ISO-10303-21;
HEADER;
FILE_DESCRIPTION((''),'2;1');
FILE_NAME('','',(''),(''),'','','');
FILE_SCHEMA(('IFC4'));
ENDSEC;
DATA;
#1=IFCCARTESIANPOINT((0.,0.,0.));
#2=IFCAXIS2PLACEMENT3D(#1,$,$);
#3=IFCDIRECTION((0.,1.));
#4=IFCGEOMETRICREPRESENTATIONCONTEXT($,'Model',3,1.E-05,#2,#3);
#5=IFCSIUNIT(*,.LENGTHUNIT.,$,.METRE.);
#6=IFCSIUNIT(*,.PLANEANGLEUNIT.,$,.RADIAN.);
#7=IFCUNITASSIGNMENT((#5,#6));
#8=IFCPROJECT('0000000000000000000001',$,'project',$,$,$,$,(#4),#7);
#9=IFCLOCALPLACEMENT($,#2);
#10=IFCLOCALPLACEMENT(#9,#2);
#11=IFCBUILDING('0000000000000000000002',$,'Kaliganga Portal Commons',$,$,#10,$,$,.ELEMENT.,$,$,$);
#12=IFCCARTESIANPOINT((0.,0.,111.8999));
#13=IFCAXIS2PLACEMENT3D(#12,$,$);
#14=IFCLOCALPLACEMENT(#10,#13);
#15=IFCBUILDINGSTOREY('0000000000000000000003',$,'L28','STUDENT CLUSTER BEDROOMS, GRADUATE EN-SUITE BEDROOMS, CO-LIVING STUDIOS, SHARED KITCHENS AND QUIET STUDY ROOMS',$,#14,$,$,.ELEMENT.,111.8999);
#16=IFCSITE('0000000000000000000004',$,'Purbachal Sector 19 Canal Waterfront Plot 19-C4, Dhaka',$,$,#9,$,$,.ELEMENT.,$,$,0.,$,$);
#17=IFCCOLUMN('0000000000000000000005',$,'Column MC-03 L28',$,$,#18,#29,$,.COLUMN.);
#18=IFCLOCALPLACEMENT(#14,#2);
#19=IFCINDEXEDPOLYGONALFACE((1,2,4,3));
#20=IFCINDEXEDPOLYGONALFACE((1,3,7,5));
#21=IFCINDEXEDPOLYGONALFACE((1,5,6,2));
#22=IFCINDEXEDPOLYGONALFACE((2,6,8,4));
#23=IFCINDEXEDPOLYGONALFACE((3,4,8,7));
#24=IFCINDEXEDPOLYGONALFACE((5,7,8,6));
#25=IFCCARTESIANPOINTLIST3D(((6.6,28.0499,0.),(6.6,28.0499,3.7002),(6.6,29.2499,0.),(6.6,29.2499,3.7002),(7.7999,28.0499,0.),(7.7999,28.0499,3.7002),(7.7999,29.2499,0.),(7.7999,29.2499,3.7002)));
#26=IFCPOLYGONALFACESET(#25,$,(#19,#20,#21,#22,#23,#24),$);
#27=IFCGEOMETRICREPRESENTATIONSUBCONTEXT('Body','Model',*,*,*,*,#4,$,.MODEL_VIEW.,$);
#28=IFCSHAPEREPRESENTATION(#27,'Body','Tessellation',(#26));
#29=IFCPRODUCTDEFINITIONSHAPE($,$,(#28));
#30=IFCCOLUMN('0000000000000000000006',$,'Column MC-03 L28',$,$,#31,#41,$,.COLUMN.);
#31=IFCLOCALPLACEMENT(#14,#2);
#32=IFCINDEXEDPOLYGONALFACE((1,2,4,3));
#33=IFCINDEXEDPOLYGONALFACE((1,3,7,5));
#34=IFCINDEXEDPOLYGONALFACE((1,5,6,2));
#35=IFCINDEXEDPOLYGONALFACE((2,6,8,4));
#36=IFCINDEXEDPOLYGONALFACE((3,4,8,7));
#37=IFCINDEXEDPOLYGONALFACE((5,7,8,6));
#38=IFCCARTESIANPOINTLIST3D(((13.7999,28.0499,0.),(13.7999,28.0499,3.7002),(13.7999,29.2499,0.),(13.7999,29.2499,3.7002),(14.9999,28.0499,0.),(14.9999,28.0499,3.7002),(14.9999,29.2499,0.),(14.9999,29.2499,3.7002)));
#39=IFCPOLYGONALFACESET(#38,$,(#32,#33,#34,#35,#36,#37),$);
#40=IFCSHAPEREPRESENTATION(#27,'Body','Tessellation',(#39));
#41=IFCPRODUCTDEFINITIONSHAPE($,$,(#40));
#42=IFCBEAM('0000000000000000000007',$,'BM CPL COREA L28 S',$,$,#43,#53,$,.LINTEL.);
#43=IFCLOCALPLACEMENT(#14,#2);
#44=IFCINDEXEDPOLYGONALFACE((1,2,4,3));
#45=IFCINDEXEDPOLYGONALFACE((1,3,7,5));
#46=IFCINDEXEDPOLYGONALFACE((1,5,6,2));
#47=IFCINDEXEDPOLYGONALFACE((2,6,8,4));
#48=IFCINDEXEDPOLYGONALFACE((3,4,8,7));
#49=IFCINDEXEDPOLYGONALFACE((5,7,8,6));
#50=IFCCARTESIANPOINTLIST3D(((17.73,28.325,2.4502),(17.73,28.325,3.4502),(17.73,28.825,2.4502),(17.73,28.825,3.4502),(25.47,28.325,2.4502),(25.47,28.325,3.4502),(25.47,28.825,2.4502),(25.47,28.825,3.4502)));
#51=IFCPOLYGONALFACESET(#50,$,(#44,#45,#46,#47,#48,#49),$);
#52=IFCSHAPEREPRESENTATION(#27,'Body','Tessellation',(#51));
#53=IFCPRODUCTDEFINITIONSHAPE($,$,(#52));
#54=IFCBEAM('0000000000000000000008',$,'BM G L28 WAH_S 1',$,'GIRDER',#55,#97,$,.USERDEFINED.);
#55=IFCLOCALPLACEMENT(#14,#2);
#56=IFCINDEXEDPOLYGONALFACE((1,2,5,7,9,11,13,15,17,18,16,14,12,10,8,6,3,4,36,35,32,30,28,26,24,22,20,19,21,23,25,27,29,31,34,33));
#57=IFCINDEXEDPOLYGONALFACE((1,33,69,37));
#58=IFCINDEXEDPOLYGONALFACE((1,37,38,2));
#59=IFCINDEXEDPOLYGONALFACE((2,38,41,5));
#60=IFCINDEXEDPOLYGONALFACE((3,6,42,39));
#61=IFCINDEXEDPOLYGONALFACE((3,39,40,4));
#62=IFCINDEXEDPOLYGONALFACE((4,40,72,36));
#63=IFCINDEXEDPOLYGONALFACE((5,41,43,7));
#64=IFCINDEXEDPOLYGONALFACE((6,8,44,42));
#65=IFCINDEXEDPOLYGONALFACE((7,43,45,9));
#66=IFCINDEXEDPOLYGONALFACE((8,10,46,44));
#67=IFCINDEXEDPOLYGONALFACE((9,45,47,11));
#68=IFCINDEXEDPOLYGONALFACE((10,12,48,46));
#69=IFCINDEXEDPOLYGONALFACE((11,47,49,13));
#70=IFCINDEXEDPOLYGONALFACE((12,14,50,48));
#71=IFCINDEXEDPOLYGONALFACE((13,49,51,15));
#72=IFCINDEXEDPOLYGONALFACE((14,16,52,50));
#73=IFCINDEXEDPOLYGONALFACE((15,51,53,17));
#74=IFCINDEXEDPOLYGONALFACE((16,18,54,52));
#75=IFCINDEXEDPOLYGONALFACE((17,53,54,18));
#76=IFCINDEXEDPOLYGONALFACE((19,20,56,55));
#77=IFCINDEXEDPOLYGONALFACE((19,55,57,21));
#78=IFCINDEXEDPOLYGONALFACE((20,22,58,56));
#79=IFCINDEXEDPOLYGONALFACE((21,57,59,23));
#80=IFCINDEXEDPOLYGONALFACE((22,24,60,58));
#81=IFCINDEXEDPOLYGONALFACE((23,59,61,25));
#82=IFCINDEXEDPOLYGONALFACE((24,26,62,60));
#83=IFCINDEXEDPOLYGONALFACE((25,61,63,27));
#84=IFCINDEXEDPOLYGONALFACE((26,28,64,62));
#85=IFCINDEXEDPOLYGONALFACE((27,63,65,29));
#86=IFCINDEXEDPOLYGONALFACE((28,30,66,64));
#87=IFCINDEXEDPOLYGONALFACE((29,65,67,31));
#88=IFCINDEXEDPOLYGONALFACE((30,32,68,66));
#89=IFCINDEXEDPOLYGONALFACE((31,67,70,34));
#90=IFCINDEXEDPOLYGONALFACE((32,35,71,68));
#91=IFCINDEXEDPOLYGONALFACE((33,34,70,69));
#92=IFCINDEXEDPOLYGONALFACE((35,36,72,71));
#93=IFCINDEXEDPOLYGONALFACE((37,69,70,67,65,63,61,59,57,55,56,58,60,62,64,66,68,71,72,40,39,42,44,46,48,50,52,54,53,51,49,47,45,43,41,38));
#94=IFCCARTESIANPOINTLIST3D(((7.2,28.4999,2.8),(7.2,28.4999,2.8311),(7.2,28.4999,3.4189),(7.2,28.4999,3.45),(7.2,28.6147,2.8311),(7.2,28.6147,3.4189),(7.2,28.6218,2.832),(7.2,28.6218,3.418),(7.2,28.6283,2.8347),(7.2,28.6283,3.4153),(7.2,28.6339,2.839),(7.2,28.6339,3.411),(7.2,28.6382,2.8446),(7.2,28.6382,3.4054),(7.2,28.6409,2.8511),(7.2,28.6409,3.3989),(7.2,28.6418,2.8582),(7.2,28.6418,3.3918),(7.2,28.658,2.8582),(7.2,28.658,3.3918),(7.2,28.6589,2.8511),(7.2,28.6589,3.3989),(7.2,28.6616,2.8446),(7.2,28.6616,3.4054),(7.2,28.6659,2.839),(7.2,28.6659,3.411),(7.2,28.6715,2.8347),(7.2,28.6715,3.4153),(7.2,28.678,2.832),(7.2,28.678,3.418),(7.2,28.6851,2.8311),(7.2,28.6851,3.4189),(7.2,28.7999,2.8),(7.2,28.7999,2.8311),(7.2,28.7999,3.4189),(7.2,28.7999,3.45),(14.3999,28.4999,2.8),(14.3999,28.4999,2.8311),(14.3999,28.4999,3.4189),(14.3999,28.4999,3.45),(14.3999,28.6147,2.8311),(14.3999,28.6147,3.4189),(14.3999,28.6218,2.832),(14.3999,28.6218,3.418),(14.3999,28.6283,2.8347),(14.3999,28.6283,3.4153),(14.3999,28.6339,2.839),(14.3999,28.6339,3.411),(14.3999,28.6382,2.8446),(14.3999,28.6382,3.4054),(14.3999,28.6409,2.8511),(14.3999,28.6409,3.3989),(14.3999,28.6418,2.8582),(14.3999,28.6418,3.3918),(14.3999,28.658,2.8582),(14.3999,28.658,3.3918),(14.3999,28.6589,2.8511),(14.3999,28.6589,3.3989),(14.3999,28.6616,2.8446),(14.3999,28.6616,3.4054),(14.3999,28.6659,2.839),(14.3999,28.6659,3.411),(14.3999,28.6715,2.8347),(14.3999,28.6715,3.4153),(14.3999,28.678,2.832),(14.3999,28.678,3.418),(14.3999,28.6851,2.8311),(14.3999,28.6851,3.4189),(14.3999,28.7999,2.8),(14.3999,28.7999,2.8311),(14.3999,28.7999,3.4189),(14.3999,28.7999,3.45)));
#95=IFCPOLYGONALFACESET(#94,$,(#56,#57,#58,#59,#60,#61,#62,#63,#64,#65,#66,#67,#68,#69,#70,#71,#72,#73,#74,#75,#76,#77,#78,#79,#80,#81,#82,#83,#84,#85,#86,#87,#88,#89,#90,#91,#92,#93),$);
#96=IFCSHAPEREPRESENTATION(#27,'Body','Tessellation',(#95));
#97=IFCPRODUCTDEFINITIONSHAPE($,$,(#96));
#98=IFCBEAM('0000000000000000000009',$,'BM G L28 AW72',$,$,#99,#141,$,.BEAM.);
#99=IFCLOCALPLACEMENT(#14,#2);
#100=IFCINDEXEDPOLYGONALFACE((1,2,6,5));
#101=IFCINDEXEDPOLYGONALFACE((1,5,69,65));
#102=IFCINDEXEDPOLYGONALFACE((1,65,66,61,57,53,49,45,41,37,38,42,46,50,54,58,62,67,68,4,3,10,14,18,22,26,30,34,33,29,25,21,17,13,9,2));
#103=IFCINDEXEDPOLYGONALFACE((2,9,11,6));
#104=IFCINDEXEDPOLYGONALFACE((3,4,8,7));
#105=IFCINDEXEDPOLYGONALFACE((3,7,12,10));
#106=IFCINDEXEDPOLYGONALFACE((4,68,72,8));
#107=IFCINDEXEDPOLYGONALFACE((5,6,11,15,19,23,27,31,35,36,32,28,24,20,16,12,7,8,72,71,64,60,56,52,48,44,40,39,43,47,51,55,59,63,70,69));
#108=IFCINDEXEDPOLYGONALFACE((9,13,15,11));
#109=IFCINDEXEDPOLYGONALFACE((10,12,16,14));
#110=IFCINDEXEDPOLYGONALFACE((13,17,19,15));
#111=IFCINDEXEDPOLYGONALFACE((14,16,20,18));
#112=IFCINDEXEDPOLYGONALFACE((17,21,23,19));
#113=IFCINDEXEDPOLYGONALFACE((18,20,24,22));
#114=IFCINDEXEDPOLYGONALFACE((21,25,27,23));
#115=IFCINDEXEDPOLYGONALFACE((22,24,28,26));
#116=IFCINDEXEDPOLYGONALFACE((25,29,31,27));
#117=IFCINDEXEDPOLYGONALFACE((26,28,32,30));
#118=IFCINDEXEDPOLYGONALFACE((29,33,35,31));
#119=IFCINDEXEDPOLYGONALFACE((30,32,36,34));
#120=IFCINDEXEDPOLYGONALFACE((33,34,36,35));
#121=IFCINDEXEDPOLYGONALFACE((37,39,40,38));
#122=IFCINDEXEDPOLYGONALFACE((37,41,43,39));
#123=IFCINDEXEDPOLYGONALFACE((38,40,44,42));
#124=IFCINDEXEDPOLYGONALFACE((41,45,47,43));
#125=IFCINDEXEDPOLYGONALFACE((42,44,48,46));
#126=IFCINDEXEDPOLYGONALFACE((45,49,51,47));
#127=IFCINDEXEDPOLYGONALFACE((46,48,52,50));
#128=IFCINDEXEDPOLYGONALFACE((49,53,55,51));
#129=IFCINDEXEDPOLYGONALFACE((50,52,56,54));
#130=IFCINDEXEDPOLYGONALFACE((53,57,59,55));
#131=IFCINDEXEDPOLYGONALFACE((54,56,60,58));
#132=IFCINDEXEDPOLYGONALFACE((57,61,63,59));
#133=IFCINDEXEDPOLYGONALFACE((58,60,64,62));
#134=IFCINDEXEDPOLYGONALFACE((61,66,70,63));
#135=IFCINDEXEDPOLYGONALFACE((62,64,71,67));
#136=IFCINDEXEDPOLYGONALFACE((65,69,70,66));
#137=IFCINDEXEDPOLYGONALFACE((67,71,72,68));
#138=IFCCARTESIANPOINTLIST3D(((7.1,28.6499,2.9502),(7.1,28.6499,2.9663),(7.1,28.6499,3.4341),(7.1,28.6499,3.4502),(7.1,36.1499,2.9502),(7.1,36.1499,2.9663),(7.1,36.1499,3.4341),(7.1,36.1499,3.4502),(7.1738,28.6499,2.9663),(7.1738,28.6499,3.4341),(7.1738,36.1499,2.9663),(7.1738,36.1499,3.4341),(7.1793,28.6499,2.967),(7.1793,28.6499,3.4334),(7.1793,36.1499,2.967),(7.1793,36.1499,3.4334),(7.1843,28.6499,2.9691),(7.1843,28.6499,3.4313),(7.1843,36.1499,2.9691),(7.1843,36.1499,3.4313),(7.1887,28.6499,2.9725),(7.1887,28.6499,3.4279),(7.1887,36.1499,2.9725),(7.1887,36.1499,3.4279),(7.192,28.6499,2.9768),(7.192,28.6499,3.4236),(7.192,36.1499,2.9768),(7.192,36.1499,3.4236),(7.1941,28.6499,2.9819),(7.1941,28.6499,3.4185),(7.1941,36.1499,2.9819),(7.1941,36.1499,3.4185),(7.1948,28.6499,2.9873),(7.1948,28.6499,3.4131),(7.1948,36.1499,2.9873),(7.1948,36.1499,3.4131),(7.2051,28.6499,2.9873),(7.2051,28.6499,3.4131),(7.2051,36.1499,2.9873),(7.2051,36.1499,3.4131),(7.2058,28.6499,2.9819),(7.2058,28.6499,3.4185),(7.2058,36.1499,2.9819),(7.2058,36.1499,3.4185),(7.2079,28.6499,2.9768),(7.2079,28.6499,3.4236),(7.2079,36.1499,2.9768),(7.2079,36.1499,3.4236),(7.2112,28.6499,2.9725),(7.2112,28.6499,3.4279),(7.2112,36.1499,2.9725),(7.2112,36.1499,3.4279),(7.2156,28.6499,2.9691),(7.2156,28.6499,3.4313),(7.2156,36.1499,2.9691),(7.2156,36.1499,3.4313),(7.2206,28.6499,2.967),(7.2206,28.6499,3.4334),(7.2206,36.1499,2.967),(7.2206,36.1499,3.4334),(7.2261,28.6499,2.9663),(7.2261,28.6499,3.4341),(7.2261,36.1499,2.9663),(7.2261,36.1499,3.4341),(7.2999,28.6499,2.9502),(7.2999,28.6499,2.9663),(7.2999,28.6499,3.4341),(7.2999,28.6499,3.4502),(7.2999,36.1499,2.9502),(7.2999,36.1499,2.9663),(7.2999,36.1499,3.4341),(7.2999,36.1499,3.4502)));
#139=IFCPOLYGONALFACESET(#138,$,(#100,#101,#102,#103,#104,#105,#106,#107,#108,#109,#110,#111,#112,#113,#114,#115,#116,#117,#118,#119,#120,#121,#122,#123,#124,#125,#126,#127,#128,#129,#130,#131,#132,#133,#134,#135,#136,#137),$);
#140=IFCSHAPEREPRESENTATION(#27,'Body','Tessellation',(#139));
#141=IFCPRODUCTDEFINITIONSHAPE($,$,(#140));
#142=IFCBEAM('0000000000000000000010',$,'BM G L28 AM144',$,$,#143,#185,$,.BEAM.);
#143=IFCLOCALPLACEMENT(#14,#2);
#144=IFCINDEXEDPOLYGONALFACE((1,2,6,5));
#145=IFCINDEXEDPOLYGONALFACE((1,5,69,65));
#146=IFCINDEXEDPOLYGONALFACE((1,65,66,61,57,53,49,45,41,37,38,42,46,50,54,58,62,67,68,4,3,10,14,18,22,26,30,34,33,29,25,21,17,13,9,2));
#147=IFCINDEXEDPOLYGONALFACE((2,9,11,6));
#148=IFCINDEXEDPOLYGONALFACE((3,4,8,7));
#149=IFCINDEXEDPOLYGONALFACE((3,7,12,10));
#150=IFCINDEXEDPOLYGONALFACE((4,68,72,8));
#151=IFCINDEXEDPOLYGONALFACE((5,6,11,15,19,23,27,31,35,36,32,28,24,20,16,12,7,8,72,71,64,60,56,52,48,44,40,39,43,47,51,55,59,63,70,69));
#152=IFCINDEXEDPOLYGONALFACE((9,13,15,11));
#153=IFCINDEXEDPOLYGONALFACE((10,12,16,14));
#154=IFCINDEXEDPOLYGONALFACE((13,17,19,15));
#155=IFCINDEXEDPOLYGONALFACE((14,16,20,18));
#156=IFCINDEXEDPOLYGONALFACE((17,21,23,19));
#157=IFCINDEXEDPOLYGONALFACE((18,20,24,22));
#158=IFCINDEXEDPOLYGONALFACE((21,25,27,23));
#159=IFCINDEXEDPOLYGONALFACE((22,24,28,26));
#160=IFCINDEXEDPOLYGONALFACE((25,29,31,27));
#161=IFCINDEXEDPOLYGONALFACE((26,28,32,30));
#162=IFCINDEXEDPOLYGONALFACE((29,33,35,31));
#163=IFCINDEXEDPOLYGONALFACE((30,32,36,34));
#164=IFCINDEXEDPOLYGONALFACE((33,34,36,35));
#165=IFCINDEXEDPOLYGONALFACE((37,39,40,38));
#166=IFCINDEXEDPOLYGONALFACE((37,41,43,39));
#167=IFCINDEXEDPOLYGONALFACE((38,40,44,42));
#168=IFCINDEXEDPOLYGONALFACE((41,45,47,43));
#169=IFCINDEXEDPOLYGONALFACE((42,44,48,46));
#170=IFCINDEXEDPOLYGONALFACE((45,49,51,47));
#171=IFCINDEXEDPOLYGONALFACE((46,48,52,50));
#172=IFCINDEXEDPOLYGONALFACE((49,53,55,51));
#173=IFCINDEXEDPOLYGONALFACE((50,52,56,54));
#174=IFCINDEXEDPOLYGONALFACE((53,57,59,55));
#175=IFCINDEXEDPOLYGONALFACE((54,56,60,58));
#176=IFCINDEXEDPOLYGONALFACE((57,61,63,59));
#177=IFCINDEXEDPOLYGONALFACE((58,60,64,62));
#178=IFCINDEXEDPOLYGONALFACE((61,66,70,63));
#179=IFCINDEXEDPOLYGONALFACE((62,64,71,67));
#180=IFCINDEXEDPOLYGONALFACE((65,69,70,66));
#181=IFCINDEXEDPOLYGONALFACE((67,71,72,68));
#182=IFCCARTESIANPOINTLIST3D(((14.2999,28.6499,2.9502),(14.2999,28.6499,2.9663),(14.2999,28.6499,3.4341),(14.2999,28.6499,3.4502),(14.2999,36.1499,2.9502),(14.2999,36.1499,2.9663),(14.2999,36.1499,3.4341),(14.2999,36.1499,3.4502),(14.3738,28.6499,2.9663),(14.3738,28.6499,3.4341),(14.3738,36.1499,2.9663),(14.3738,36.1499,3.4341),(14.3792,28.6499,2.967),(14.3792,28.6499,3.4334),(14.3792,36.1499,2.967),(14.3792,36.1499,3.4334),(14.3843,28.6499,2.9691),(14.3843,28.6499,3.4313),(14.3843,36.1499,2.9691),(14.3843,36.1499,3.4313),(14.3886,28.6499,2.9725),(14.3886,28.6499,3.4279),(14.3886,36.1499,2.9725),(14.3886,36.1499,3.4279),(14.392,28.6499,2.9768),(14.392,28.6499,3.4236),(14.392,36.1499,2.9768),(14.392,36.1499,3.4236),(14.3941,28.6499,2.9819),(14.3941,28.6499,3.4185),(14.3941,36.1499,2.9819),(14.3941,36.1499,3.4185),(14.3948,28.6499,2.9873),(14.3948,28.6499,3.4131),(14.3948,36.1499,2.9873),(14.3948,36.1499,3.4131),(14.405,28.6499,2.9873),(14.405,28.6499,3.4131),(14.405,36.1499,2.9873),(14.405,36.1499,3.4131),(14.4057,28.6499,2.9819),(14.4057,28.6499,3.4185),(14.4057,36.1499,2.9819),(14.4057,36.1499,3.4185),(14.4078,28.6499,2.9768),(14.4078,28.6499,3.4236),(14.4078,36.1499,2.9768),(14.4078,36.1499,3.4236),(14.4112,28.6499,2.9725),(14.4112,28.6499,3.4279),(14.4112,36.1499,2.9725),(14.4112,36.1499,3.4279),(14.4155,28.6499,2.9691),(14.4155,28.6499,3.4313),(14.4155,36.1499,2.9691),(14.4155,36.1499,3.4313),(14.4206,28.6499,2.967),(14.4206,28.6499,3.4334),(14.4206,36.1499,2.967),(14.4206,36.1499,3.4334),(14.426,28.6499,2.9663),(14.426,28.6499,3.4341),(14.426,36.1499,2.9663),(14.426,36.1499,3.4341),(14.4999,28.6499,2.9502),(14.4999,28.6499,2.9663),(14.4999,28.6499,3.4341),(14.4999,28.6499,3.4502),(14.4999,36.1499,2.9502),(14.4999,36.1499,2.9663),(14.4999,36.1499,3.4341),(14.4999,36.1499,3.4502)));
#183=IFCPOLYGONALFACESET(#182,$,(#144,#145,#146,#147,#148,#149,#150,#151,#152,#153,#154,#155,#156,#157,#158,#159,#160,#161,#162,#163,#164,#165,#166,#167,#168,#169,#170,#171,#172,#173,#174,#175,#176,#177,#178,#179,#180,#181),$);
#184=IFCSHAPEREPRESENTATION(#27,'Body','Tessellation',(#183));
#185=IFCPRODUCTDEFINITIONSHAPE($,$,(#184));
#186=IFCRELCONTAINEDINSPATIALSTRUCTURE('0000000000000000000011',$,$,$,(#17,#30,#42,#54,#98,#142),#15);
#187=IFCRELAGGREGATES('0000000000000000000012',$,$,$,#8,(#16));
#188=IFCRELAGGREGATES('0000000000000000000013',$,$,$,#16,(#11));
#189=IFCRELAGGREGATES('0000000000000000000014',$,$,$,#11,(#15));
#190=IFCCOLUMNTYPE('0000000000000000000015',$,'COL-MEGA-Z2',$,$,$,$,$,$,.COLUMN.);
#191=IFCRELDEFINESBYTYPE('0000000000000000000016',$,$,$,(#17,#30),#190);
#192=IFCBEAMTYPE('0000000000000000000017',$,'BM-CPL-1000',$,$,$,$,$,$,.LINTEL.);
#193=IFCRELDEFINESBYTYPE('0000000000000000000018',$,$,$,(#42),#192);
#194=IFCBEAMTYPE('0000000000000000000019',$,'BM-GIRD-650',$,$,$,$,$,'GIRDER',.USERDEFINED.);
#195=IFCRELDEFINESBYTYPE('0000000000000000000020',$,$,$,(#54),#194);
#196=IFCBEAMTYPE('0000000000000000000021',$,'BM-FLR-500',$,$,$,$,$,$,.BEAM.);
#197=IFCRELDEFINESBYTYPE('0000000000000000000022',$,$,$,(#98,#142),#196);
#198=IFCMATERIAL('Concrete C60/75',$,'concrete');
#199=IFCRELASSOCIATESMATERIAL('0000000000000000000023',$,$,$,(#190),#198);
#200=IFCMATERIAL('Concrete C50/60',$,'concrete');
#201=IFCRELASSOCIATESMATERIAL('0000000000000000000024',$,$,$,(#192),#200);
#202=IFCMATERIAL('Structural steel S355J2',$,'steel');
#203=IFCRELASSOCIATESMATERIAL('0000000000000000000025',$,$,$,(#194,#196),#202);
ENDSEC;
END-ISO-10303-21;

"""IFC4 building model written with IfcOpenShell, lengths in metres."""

from ifc_helpers import new_model, si_unit, direction, frame, origin, origin_2d, place, context, subcontext, project, spatial, rectangle, i_section, extrude, source, transform, mapped, material, material_profile, profile_set, type_object, element, save


model = new_model("IFC4")

# Units and contexts
model_context = context("Model", 3, precision=1e-05, world=origin(), true_north=direction((0.0, 1.0)))
body_context = subcontext(model_context, "Body", "Model", "MODEL_VIEW")
ifc_project = project(units=[si_unit("LENGTHUNIT", "METRE"), si_unit("PLANEANGLEUNIT", "RADIAN")], contexts=[model_context])

# Site, building, storey
site_placement = place(None, origin())
site = spatial("IfcSite", under=ifc_project, at=site_placement, Name="Purbachal Sector 19 Canal Waterfront Plot 19-C4, Dhaka", CompositionType="ELEMENT", RefElevation=0.0)
building_placement = place(site_placement, origin())
building = spatial("IfcBuilding", under=site, at=building_placement, Name="Kaliganga Portal Commons", CompositionType="ELEMENT")
storey_placement = place(building_placement, frame((0.0, 0.0, 111.8999)))
storey = spatial("IfcBuildingStorey", under=building, at=storey_placement, Name="L28", Description="STUDENT CLUSTER BEDROOMS, GRADUATE EN-SUITE BEDROOMS, CO-LIVING STUDIOS, SHARED KITCHENS AND QUIET STUDY ROOMS", CompositionType="ELEMENT", Elevation=111.8999)

# Columns
ifc_material_1 = material(Name="Concrete C60/75", Category="concrete")
ifc_material_profile_1 = material_profile(ifc_material_1, rectangle(XDim=1.2, YDim=1.2, at=origin_2d()), Name="RC 1200x1200")
ifc_profile_set_1 = profile_set([ifc_material_profile_1], Name="Concrete C60/75")
column_type = type_object("IfcColumnType", Name="COL-MEGA-Z2", PredefinedType="COLUMN", material=ifc_profile_set_1)
shared_shape_1 = source(origin(), body_context, "Body", "SweptSolid", [
    extrude(rectangle(XDim=1.2, YDim=1.2, at=origin_2d()), origin(), (0.0, 0.0, 1.0), 3.7002),
])
for number, where, z_axis, x_axis, name in (
    (1, (7.2, 28.6499, 0.0), (0.0, 0.0, 1.0), (1.0, 0.0, 0.0), "Column MC-03 L28"),
    (2, (14.3999, 28.6499, 0.0), (0.0, 0.0, 1.0), (1.0, 0.0, 0.0), "Column MC-03 L28"),
):
    element("IfcColumn", number, at=place(storey_placement, frame(where, z_axis=z_axis, x_axis=x_axis)), inside=storey, type_object=column_type, Name=name, PredefinedType="COLUMN", context=body_context, shape_type="MappedRepresentation", body=[
        mapped(shared_shape_1, transform((0.0, 0.0, 0.0), x_axis=(1.0, 0.0, 0.0), y_axis=(0.0, 1.0, 0.0), z_axis=(0.0, 0.0, 1.0), scale=1.0)),
    ])

# Beams
ifc_material_2 = material(Name="Concrete C50/60", Category="concrete")
ifc_material_profile_2 = material_profile(ifc_material_2, rectangle(XDim=0.5, YDim=1.0, at=origin_2d()), Name="RC 500x1000")
ifc_profile_set_2 = profile_set([ifc_material_profile_2], Name="Concrete C50/60")
beam_type_1 = type_object("IfcBeamType", Name="BM-CPL-1000", PredefinedType="LINTEL", material=ifc_profile_set_2)
shared_shape_2 = source(origin(), body_context, "Body", "SweptSolid", [
    extrude(rectangle(XDim=0.5, YDim=1.0, at=origin_2d()), origin(), (0.0, 0.0, 1.0), 7.74),
])
beam_1_placement = place(storey_placement, frame((17.73, 28.575, 2.9502), z_axis=(1.0, 0.0, 0.0), x_axis=(0.0, 1.0, 0.0)))
element("IfcBeam", 3, at=beam_1_placement, inside=storey, type_object=beam_type_1, Name="BM CPL COREA L28 S", PredefinedType="LINTEL", context=body_context, shape_type="MappedRepresentation", body=[
    mapped(shared_shape_2, transform((0.0, 0.0, 0.0), x_axis=(1.0, 0.0, 0.0), y_axis=(0.0, 1.0, 0.0), z_axis=(0.0, 0.0, 1.0), scale=1.0)),
])
ifc_material_3 = material(Name="Structural steel S355J2", Category="steel")
ifc_material_profile_3 = material_profile(ifc_material_3, i_section(OverallWidth=0.3, OverallDepth=0.6499, WebThickness=0.0161, FlangeThickness=0.031, FilletRadius=0.0271, at=origin_2d()), Name="HE 650 B")
ifc_profile_set_3 = profile_set([ifc_material_profile_3], Name="Structural steel S355J2 wide-flange")
beam_type_2 = type_object("IfcBeamType", Name="BM-GIRD-650", ElementType="GIRDER", PredefinedType="USERDEFINED", material=ifc_profile_set_3)
shared_shape_3 = source(origin(), body_context, "Body", "SweptSolid", [
    extrude(i_section(OverallWidth=0.3, OverallDepth=0.6499, WebThickness=0.0161, FlangeThickness=0.031, FilletRadius=0.0271, at=origin_2d()), origin(), (0.0, 0.0, 1.0), 7.2),
])
beam_2_placement = place(storey_placement, frame((7.2, 28.6499, 3.125), z_axis=(1.0, 0.0, 0.0), x_axis=(0.0, 1.0, 0.0)))
element("IfcBeam", 4, at=beam_2_placement, inside=storey, type_object=beam_type_2, Name="BM G L28 WAH_S 1", ObjectType="GIRDER", PredefinedType="USERDEFINED", context=body_context, shape_type="MappedRepresentation", body=[
    mapped(shared_shape_3, transform((0.0, 0.0, 0.0), x_axis=(1.0, 0.0, 0.0), y_axis=(0.0, 1.0, 0.0), z_axis=(0.0, 0.0, 1.0), scale=1.0)),
])
ifc_material_profile_4 = material_profile(ifc_material_3, i_section(OverallWidth=0.2, OverallDepth=0.5, WebThickness=0.0103, FlangeThickness=0.0161, FilletRadius=0.021, at=origin_2d()), Name="IPE 500")
ifc_profile_set_4 = profile_set([ifc_material_profile_4], Name="Structural steel S355J2 wide-flange")
beam_type_3 = type_object("IfcBeamType", Name="BM-FLR-500", PredefinedType="BEAM", material=ifc_profile_set_4)
shared_shape_4 = source(origin(), body_context, "Body", "SweptSolid", [
    extrude(i_section(OverallWidth=0.2, OverallDepth=0.5, WebThickness=0.0103, FlangeThickness=0.0161, FilletRadius=0.021, at=origin_2d()), origin(), (0.0, 0.0, 1.0), 7.5),
])
for number, where, z_axis, x_axis, name in (
    (5, (7.2, 28.6499, 3.2002), (0.0, 1.0, 0.0), (-1.0, 0.0, 0.0), "BM G L28 AW72"),
    (6, (14.3999, 28.6499, 3.2002), (0.0, 1.0, 0.0), (-1.0, 0.0, 0.0), "BM G L28 AM144"),
):
    element("IfcBeam", number, at=place(storey_placement, frame(where, z_axis=z_axis, x_axis=x_axis)), inside=storey, type_object=beam_type_3, Name=name, PredefinedType="BEAM", context=body_context, shape_type="MappedRepresentation", body=[
        mapped(shared_shape_4, transform((0.0, 0.0, 0.0), x_axis=(1.0, 0.0, 0.0), y_axis=(0.0, 1.0, 0.0), z_axis=(0.0, 0.0, 1.0), scale=1.0)),
    ])

save(model, "model.ifc")
